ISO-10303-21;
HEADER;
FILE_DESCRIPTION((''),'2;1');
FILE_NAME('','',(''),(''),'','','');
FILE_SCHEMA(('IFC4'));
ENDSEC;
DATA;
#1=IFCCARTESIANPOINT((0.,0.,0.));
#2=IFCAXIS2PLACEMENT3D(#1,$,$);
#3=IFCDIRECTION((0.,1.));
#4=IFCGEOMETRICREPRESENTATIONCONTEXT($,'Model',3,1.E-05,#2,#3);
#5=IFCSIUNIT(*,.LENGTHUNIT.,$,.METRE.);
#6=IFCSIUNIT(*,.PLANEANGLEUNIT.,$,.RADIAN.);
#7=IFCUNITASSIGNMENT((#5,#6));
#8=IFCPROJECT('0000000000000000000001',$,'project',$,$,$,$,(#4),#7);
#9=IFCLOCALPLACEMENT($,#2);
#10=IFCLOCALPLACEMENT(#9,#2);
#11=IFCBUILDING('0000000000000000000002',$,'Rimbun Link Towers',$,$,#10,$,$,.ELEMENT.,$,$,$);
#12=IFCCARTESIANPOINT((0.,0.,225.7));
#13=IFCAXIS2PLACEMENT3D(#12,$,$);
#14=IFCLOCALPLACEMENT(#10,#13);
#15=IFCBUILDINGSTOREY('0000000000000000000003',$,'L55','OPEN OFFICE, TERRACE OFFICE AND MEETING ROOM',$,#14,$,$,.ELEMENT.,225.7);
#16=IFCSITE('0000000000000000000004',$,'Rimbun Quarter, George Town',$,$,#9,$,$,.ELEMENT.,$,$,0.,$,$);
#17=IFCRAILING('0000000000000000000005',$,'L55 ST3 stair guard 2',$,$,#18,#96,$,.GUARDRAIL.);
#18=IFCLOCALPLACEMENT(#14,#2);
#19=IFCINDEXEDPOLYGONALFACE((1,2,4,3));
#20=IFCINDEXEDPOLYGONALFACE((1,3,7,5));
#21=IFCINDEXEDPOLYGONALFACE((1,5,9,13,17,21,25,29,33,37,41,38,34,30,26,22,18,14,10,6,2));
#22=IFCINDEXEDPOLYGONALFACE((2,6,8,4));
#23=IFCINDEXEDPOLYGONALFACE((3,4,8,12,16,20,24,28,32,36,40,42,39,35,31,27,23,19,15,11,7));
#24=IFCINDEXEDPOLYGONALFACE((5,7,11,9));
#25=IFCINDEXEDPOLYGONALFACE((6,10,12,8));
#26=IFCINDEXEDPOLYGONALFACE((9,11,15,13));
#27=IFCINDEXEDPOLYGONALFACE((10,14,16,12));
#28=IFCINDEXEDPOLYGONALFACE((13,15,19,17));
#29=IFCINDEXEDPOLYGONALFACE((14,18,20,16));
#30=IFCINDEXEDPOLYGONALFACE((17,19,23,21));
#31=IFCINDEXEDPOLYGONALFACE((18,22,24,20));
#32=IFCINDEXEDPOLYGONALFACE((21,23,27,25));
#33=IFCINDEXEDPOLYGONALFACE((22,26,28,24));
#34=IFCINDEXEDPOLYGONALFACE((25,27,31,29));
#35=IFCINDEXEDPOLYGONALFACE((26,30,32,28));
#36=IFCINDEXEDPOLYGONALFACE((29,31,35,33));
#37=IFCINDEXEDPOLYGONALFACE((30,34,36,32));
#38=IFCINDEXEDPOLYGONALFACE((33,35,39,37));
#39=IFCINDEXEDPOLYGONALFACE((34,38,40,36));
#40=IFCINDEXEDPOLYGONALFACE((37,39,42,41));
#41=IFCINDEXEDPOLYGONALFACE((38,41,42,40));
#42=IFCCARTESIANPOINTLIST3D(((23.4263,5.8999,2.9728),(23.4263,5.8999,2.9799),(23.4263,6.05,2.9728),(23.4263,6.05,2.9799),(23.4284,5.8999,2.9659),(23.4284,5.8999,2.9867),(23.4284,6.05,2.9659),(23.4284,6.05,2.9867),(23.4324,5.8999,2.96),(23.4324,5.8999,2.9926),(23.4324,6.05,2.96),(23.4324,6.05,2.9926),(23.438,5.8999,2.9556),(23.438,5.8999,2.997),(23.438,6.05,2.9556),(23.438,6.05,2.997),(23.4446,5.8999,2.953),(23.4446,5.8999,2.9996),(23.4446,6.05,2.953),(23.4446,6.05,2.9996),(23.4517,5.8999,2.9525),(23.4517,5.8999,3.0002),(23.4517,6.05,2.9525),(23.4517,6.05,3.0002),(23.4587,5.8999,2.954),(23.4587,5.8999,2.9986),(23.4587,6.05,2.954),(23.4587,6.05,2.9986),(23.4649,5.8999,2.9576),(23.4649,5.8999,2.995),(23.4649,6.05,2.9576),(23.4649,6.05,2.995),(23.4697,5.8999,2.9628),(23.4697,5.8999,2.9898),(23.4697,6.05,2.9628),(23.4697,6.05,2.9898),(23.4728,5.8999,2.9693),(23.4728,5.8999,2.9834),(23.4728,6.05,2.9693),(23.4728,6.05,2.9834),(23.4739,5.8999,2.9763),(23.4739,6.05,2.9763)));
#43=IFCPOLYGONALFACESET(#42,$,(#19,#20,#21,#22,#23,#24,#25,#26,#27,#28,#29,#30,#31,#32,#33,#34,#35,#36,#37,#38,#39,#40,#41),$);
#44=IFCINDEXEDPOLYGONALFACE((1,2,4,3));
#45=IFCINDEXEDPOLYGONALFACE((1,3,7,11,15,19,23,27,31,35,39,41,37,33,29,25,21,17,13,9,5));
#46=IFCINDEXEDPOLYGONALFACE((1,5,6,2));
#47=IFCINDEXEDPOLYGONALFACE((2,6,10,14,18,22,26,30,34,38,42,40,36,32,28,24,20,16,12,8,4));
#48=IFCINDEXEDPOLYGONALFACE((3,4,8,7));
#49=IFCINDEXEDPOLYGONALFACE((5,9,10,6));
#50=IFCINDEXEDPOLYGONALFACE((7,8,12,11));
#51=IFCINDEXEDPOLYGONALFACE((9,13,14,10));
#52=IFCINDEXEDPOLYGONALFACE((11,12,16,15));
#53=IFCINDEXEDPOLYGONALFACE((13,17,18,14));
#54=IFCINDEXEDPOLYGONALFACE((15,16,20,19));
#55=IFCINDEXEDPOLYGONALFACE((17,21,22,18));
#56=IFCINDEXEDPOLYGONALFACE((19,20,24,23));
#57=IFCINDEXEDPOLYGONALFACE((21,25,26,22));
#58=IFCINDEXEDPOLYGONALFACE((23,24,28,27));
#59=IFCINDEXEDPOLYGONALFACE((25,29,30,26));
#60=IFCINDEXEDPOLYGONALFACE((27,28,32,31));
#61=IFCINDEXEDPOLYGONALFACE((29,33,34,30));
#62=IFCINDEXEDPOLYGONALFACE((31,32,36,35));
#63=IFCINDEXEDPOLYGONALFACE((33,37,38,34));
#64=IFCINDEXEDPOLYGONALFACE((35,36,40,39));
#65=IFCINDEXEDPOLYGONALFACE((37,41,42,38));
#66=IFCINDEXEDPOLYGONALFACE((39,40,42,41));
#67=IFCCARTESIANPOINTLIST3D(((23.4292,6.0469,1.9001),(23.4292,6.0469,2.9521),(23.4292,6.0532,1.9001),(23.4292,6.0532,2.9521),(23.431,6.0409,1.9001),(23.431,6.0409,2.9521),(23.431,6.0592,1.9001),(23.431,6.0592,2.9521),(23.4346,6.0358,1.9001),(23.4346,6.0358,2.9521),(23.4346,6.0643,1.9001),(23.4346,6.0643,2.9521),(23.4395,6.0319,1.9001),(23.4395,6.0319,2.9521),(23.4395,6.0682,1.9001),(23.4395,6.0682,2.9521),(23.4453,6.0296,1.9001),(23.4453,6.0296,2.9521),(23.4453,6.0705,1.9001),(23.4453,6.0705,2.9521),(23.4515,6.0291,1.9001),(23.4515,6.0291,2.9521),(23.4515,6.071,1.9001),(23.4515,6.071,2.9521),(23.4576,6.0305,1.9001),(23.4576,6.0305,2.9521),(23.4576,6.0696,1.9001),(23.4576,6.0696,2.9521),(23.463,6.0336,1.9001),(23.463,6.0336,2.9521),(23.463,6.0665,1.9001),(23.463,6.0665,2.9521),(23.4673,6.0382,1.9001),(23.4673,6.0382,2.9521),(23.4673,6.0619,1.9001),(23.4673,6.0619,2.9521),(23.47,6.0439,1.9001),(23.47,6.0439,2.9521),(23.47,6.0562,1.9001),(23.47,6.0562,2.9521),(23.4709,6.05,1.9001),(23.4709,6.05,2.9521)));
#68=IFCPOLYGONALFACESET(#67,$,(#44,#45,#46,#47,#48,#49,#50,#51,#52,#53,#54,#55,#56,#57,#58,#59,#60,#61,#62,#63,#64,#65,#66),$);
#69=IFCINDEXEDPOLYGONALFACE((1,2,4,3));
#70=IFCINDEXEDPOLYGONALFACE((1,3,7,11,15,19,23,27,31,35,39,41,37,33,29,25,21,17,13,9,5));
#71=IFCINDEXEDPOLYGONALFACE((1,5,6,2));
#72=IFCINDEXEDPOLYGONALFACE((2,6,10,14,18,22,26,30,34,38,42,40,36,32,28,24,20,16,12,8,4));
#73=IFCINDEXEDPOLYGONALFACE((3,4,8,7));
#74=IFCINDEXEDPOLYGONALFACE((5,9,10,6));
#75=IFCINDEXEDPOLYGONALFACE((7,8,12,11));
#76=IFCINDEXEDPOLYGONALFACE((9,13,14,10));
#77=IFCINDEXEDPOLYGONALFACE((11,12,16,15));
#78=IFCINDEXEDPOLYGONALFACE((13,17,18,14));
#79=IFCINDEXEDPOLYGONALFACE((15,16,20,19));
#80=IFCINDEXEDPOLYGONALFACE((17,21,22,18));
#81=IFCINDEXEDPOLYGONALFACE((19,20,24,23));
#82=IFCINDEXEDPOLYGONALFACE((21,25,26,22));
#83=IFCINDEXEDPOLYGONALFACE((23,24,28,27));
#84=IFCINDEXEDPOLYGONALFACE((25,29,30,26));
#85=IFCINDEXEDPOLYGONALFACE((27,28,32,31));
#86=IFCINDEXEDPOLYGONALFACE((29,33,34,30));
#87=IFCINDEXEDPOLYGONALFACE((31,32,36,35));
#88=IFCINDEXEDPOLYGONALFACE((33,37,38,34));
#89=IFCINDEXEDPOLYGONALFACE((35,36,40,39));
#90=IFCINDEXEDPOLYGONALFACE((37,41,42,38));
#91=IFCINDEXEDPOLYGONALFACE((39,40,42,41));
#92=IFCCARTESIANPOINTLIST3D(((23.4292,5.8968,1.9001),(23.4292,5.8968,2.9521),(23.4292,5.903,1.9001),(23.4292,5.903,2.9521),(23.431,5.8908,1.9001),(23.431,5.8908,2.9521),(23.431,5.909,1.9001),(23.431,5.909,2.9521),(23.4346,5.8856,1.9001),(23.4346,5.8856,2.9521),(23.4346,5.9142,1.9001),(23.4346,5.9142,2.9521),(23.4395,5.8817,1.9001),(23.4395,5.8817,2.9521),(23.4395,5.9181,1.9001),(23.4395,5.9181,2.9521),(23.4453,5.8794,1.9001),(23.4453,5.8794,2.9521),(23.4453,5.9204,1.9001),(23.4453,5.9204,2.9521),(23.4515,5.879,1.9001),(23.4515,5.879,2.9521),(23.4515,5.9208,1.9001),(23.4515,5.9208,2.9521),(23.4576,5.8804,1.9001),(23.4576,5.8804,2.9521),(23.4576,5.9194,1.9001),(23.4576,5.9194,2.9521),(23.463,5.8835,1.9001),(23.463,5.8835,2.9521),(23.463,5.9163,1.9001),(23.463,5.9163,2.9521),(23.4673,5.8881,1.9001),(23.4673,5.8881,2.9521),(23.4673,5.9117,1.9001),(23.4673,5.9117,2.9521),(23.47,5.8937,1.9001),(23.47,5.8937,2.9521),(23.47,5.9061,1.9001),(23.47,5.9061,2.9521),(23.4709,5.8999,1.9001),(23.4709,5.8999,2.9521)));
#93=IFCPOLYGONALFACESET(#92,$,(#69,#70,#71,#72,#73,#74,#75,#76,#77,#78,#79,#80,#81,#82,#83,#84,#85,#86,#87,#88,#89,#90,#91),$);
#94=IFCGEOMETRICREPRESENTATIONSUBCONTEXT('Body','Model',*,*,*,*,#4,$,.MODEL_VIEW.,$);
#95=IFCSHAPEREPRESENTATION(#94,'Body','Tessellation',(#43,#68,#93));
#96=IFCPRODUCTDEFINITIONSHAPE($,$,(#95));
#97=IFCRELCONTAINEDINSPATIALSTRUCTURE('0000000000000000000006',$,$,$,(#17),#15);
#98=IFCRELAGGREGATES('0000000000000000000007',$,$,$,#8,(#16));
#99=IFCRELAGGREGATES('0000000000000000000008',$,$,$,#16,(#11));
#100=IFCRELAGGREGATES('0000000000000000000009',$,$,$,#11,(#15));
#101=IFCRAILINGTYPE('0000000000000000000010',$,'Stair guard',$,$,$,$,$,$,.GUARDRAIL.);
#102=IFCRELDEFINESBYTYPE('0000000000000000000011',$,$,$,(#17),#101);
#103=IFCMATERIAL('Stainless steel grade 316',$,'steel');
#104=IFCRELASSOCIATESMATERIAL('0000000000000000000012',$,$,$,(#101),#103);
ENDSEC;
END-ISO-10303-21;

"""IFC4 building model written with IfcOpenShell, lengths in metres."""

from ifc_helpers import new_model, si_unit, direction, frame, origin, origin_2d, place, context, subcontext, project, spatial, circle, extrude, material, type_object, element, save


model = new_model("IFC4")

# Units and contexts
model_context = context("Model", 3, precision=1e-05, world=origin(), true_north=direction((0.0, 1.0)))
body_context = subcontext(model_context, "Body", "Model", "MODEL_VIEW")
ifc_project = project(units=[si_unit("LENGTHUNIT", "METRE"), si_unit("PLANEANGLEUNIT", "RADIAN")], contexts=[model_context])

# Site, building, storey
site_placement = place(None, origin())
site = spatial("IfcSite", under=ifc_project, at=site_placement, Name="Rimbun Quarter, George Town", CompositionType="ELEMENT", RefElevation=0.0)
building_placement = place(site_placement, origin())
building = spatial("IfcBuilding", under=site, at=building_placement, Name="Rimbun Link Towers", CompositionType="ELEMENT")
storey_placement = place(building_placement, frame((0.0, 0.0, 225.7)))
storey = spatial("IfcBuildingStorey", under=building, at=storey_placement, Name="L55", Description="OPEN OFFICE, TERRACE OFFICE AND MEETING ROOM", CompositionType="ELEMENT", Elevation=225.7)

# Railing
ifc_material_1 = material(Name="Stainless steel grade 316", Category="steel")
railing_type_1 = type_object("IfcRailingType", Name="Stair guard", PredefinedType="GUARDRAIL", material=ifc_material_1)
railing_1_placement = place(storey_placement, frame((23.45, 6.05, 1.9001)))
element("IfcRailing", 1, at=railing_1_placement, inside=storey, type_object=railing_type_1, Name="L55 ST3 stair guard 2", PredefinedType="GUARDRAIL", context=body_context, shape_type="SweptSolid", body=[
    extrude(circle(Radius=0.0239, at=origin_2d()), frame((0.0, 0.0, 1.0762), z_axis=(0.0, -1.0, 0.0), x_axis=(1.0, 0.0, 0.0)), (0.0, 0.0, 1.0), 0.1501),
    extrude(circle(Radius=0.021, at=origin_2d()), origin(), (0.0, 0.0, 1.0), 1.052),
    extrude(circle(Radius=0.021, at=origin_2d()), frame((0.0, -0.1501, 0.0)), (0.0, 0.0, 1.0), 1.052),
])

save(model, "model.ifc")
